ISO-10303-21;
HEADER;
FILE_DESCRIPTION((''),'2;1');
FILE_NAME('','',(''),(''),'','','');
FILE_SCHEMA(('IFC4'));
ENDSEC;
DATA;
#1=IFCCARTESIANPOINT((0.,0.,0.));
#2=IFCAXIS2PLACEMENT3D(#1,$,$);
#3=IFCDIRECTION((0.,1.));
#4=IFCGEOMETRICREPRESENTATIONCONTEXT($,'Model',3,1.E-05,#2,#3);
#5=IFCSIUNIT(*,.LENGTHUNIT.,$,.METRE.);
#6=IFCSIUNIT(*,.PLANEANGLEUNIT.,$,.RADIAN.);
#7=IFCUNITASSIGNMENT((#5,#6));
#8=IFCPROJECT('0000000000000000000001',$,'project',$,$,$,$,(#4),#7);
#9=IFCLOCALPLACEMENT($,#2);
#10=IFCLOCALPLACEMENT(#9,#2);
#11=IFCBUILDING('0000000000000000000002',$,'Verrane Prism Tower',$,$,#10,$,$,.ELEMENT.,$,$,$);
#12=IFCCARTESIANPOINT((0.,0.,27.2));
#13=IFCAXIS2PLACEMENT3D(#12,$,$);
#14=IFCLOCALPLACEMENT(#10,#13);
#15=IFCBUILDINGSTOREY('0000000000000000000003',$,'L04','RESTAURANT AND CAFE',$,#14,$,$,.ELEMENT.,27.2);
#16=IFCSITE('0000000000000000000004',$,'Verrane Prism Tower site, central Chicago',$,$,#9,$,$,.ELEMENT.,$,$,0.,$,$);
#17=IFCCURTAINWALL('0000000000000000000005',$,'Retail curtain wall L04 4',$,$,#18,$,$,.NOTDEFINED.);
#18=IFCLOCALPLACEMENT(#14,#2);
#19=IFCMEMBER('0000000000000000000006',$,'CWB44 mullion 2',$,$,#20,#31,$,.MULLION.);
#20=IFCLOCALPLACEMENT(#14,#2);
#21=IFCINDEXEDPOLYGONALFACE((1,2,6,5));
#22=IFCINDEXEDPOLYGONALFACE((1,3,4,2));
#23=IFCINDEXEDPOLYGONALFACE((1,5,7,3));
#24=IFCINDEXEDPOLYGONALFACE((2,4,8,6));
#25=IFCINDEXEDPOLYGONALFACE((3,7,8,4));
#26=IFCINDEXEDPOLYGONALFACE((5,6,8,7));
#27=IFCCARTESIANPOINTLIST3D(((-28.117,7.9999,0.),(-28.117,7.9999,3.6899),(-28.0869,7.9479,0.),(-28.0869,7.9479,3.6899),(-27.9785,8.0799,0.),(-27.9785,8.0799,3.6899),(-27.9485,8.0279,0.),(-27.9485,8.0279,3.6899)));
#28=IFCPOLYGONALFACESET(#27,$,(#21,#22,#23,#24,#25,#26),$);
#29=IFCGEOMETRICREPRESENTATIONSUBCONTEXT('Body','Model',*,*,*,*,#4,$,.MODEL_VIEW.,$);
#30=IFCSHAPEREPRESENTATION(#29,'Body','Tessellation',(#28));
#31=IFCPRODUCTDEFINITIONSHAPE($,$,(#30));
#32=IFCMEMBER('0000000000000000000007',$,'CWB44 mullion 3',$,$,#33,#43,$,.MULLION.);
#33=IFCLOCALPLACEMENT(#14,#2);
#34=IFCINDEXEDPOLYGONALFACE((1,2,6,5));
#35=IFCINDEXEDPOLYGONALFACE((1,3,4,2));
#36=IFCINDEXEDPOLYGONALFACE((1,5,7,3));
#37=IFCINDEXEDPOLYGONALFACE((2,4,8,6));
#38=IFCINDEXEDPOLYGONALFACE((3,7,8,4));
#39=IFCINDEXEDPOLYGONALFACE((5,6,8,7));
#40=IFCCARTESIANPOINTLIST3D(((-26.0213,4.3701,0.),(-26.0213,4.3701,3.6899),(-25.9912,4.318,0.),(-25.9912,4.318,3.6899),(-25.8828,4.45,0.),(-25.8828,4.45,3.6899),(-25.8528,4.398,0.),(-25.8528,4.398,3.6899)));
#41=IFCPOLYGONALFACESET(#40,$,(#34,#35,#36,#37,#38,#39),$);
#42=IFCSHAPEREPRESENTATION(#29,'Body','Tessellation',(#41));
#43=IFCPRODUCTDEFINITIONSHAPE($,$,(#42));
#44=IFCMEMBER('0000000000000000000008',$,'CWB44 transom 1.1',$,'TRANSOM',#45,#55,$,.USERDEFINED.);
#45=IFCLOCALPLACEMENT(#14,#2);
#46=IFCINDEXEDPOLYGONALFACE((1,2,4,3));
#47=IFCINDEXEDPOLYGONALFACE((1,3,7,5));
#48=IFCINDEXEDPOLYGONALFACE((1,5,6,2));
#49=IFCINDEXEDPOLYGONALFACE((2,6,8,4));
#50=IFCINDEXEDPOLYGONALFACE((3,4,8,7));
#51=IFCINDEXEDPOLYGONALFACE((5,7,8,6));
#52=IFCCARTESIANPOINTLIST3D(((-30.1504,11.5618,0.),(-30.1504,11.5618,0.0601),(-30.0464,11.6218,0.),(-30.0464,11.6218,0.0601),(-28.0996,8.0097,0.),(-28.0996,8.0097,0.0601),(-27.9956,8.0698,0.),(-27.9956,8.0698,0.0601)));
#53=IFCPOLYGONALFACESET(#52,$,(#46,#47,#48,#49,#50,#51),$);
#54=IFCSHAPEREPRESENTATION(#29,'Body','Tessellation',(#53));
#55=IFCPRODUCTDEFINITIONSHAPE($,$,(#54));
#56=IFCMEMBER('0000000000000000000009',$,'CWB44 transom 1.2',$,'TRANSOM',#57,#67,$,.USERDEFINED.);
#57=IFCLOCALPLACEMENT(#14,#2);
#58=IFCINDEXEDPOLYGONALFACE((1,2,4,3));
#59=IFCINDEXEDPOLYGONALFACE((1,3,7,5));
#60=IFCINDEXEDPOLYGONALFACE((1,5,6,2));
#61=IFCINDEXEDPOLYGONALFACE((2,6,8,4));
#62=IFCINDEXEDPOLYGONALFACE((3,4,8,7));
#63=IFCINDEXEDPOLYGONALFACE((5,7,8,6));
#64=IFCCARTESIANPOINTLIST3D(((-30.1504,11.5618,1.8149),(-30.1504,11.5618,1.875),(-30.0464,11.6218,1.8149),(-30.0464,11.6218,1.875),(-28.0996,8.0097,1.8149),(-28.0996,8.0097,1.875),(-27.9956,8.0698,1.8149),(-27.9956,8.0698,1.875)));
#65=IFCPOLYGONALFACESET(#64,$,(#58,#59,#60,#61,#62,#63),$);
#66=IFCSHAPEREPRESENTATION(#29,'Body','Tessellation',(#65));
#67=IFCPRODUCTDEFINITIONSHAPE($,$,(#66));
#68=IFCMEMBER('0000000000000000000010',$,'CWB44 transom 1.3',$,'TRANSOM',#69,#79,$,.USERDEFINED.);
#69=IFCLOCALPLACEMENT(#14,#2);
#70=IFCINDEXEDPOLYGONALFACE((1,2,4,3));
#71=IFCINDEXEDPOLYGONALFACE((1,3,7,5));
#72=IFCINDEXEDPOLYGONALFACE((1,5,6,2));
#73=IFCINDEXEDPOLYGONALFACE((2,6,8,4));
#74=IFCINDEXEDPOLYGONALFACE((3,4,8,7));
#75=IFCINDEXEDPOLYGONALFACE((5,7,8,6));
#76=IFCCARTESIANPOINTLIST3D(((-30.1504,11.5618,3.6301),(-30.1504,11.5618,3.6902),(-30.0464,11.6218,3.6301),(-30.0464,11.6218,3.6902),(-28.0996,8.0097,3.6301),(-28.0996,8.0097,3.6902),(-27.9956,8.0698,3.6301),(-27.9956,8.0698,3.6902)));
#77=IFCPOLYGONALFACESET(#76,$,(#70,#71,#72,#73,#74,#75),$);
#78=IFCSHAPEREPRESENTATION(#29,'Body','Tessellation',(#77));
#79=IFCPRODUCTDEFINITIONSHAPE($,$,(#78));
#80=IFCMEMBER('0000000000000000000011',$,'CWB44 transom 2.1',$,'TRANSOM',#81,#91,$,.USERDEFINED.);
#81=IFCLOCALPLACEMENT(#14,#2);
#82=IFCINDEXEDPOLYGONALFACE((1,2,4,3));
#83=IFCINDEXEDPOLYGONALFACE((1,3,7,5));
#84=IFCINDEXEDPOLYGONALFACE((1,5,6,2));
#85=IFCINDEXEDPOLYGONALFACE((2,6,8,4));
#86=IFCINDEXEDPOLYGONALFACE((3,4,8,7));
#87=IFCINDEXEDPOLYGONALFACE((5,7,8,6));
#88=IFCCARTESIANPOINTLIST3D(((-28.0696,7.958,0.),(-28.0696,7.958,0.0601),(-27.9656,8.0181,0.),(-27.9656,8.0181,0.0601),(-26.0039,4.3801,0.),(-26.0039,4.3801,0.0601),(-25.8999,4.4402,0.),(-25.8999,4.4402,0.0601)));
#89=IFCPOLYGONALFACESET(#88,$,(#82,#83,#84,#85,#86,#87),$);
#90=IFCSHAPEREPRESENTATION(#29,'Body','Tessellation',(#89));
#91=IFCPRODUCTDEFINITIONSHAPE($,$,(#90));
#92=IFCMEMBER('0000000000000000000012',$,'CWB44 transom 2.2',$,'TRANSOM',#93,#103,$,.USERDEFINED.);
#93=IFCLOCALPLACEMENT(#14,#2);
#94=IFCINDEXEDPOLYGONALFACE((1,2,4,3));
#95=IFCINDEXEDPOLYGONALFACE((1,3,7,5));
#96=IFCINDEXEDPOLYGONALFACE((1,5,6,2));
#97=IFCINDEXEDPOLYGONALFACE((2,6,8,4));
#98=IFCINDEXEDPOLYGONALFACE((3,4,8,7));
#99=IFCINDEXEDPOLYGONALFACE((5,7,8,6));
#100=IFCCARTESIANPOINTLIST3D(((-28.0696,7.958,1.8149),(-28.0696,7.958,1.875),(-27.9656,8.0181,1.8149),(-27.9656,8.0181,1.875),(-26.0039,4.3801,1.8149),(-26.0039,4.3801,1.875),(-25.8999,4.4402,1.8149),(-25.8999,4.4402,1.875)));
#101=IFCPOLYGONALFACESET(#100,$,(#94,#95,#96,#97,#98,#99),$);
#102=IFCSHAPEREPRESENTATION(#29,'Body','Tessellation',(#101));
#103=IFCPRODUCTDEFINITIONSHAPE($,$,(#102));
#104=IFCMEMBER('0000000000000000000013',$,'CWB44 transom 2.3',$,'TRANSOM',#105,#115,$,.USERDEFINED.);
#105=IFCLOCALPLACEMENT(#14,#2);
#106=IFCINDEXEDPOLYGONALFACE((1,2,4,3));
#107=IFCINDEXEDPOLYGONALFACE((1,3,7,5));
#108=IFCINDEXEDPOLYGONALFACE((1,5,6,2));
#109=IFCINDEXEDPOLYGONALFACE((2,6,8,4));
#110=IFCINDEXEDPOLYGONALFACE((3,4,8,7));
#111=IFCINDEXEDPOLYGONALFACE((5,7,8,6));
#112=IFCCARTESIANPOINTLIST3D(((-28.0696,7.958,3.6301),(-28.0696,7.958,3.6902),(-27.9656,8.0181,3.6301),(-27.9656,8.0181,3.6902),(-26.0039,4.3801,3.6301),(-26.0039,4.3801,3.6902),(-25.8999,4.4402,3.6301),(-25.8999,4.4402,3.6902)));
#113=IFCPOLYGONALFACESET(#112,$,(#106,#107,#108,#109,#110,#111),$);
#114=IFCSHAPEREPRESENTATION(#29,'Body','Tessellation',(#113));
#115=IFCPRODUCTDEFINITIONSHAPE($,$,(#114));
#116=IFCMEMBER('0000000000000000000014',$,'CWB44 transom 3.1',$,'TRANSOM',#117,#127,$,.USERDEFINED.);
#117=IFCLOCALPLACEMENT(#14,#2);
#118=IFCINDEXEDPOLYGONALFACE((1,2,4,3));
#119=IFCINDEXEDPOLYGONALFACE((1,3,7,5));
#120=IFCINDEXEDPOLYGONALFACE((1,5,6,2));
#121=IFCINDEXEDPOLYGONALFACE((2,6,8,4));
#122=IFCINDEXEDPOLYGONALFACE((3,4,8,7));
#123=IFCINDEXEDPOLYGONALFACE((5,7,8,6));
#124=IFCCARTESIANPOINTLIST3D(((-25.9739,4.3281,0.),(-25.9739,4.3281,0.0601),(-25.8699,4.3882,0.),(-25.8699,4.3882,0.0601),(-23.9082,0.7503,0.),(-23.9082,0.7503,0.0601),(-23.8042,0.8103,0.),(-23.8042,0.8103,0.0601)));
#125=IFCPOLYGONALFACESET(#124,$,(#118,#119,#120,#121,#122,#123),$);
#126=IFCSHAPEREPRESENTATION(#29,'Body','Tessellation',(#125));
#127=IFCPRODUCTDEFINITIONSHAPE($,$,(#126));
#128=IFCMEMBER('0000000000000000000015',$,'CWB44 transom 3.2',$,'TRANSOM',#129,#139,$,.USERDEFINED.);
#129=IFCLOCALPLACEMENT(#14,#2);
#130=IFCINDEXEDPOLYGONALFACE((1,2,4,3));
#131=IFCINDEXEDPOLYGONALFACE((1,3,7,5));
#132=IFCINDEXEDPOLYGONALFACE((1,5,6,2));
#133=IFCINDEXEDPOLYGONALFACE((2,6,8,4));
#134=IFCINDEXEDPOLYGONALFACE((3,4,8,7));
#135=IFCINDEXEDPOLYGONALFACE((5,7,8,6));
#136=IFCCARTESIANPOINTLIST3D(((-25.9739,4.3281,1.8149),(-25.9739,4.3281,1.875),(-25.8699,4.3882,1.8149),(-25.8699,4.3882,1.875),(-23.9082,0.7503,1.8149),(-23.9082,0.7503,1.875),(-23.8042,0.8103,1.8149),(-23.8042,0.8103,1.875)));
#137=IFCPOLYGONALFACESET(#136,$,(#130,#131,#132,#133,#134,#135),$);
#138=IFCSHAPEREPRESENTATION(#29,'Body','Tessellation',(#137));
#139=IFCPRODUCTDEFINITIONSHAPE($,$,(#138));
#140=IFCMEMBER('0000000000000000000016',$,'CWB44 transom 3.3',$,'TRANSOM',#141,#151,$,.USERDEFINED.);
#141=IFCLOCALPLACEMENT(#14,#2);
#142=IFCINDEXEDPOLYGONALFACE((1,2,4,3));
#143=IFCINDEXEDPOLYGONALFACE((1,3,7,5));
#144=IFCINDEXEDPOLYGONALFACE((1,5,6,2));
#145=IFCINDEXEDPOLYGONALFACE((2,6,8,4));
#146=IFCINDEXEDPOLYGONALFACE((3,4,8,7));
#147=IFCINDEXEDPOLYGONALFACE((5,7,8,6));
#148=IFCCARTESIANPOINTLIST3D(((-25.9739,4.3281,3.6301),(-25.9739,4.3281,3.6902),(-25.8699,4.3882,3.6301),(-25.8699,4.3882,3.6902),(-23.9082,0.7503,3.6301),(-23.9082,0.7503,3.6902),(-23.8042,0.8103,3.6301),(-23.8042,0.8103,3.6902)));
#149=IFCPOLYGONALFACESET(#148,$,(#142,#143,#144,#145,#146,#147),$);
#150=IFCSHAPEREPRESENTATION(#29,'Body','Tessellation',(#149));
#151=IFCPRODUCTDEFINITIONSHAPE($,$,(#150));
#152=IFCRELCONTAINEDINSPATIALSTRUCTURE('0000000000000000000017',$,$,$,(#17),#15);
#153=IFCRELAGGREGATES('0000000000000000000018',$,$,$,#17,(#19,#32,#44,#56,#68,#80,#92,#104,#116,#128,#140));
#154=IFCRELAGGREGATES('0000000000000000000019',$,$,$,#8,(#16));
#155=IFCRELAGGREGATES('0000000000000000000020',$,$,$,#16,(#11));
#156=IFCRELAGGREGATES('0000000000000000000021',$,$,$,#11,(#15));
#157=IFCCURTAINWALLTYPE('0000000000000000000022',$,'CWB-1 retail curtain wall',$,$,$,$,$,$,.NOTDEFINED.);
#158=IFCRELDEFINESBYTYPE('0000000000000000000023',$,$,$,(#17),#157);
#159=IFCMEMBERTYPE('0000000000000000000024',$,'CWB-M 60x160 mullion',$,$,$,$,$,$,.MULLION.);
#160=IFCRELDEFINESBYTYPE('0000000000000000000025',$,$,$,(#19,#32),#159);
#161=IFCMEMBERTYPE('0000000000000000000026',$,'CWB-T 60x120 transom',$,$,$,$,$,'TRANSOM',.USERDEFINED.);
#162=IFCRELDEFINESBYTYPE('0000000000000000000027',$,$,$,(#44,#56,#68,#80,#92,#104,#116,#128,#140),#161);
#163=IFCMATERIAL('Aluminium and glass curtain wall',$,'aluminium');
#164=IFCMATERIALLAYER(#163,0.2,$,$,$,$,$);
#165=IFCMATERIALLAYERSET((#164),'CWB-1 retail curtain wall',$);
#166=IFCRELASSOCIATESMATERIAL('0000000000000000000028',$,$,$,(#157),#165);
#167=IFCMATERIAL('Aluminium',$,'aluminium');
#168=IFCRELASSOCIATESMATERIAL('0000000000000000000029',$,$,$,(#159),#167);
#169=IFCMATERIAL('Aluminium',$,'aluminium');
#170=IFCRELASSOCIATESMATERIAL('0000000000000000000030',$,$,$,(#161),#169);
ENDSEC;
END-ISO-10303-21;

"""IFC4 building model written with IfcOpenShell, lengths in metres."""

from ifc_helpers import new_model, si_unit, direction, frame, origin, origin_2d, place, context, subcontext, project, spatial, rectangle, extrude, material, layer, layer_set, material_profile, profile_set, type_object, element, aggregate, save


model = new_model("IFC4")

# Units and contexts
model_context = context("Model", 3, precision=1e-05, world=origin(), true_north=direction((0.0, 1.0)))
body_context = subcontext(model_context, "Body", "Model", "MODEL_VIEW")
ifc_project = project(units=[si_unit("LENGTHUNIT", "METRE"), si_unit("PLANEANGLEUNIT", "RADIAN")], contexts=[model_context])

# Site, building, storey
site_placement = place(None, origin())
site = spatial("IfcSite", under=ifc_project, at=site_placement, Name="Verrane Prism Tower site, central Chicago", CompositionType="ELEMENT", RefElevation=0.0)
building_placement = place(site_placement, origin())
building = spatial("IfcBuilding", under=site, at=building_placement, Name="Verrane Prism Tower", CompositionType="ELEMENT")
storey_placement = place(building_placement, frame((0.0, 0.0, 27.2)))
storey = spatial("IfcBuildingStorey", under=building, at=storey_placement, Name="L04", Description="RESTAURANT AND CAFE", CompositionType="ELEMENT", Elevation=27.2)

# Shared definitions
ifc_material_1 = material(Name="Aluminium and glass curtain wall", Category="aluminium")
ifc_layer_1 = layer(ifc_material_1, 0.2)
ifc_layer_set_1 = layer_set([ifc_layer_1], Name="CWB-1 retail curtain wall")
curtain_wall_type = type_object("IfcCurtainWallType", Name="CWB-1 retail curtain wall", PredefinedType="NOTDEFINED", material=ifc_layer_set_1)
ifc_material_2 = material(Name="Aluminium", Category="aluminium")
ifc_material_profile_1 = material_profile(ifc_material_2, rectangle(XDim=0.1599, YDim=0.0601, at=origin_2d()), Name="CWB-M 60x160 mullion")
ifc_profile_set_1 = profile_set([ifc_material_profile_1], Name="Aluminium")
member_type_1 = type_object("IfcMemberType", Name="CWB-M 60x160 mullion", PredefinedType="MULLION", material=ifc_profile_set_1)

# Curtain wall, members
curtain_wall_1_placement = place(storey_placement, origin())
curtain_wall_1 = element("IfcCurtainWall", 1, at=curtain_wall_1_placement, inside=storey, type_object=curtain_wall_type, Name="Retail curtain wall L04 4", PredefinedType="NOTDEFINED")
member_1_placement = place(storey_placement, frame((-28.0327, 8.0139, 0.0), z_axis=(0.0, 0.0, 1.0), x_axis=(0.866025, 0.5, 0.0)))
member_1 = element("IfcMember", 2, at=member_1_placement, type_object=member_type_1, Name="CWB44 mullion 2", PredefinedType="MULLION", context=body_context, shape_type="SweptSolid", body=[
    extrude(rectangle(XDim=0.1599, YDim=0.0601, at=origin_2d()), origin(), (0.0, 0.0, 1.0), 3.6899),
])
member_2_placement = place(storey_placement, frame((-25.937, 4.384, 0.0), z_axis=(0.0, 0.0, 1.0), x_axis=(0.866025, 0.5, 0.0)))
member_2 = element("IfcMember", 3, at=member_2_placement, type_object=member_type_1, Name="CWB44 mullion 3", PredefinedType="MULLION", context=body_context, shape_type="SweptSolid", body=[
    extrude(rectangle(XDim=0.1599, YDim=0.0601, at=origin_2d()), origin(), (0.0, 0.0, 1.0), 3.6899),
])
ifc_material_3 = material(Name="Aluminium", Category="aluminium")
ifc_material_profile_2 = material_profile(ifc_material_3, rectangle(XDim=0.1201, YDim=0.0601, at=origin_2d()), Name="CWB-T 60x120 transom")
ifc_profile_set_2 = profile_set([ifc_material_profile_2], Name="Aluminium")
member_type_2 = type_object("IfcMemberType", Name="CWB-T 60x120 transom", ElementType="TRANSOM", PredefinedType="USERDEFINED", material=ifc_profile_set_2)
member_3_placement = place(storey_placement, frame((-30.0984, 11.5918, 0.03), z_axis=(0.500006, -0.866022, 0.0), x_axis=(0.866022, 0.500006, 0.0)))
member_3 = element("IfcMember", 4, at=member_3_placement, type_object=member_type_2, Name="CWB44 transom 1.1", ObjectType="TRANSOM", PredefinedType="USERDEFINED", context=body_context, shape_type="SweptSolid", body=[
    extrude(rectangle(XDim=0.1201, YDim=0.0601, at=origin_2d()), origin(), (0.0, 0.0, 1.0), 4.1016),
])
member_4_placement = place(storey_placement, frame((-30.0984, 11.5918, 1.845), z_axis=(0.500006, -0.866022, 0.0), x_axis=(0.866022, 0.500006, 0.0)))
member_4 = element("IfcMember", 5, at=member_4_placement, type_object=member_type_2, Name="CWB44 transom 1.2", ObjectType="TRANSOM", PredefinedType="USERDEFINED", context=body_context, shape_type="SweptSolid", body=[
    extrude(rectangle(XDim=0.1201, YDim=0.0601, at=origin_2d()), origin(), (0.0, 0.0, 1.0), 4.1016),
])
member_5_placement = place(storey_placement, frame((-30.0984, 11.5918, 3.6602), z_axis=(0.500006, -0.866022, 0.0), x_axis=(0.866022, 0.500006, 0.0)))
member_5 = element("IfcMember", 6, at=member_5_placement, type_object=member_type_2, Name="CWB44 transom 1.3", ObjectType="TRANSOM", PredefinedType="USERDEFINED", context=body_context, shape_type="SweptSolid", body=[
    extrude(rectangle(XDim=0.1201, YDim=0.0601, at=origin_2d()), origin(), (0.0, 0.0, 1.0), 4.1016),
])
member_6_placement = place(storey_placement, frame((-28.0176, 7.988, 0.03), z_axis=(0.499997, -0.866027, 0.0), x_axis=(0.866027, 0.499997, 0.0)))
member_6 = element("IfcMember", 7, at=member_6_placement, type_object=member_type_2, Name="CWB44 transom 2.1", ObjectType="TRANSOM", PredefinedType="USERDEFINED", context=body_context, shape_type="SweptSolid", body=[
    extrude(rectangle(XDim=0.1201, YDim=0.0601, at=origin_2d()), origin(), (0.0, 0.0, 1.0), 4.1313),
])
member_7_placement = place(storey_placement, frame((-28.0176, 7.988, 1.845), z_axis=(0.499997, -0.866027, 0.0), x_axis=(0.866027, 0.499997, 0.0)))
member_7 = element("IfcMember", 8, at=member_7_placement, type_object=member_type_2, Name="CWB44 transom 2.2", ObjectType="TRANSOM", PredefinedType="USERDEFINED", context=body_context, shape_type="SweptSolid", body=[
    extrude(rectangle(XDim=0.1201, YDim=0.0601, at=origin_2d()), origin(), (0.0, 0.0, 1.0), 4.1313),
])
member_8_placement = place(storey_placement, frame((-28.0176, 7.988, 3.6602), z_axis=(0.499997, -0.866027, 0.0), x_axis=(0.866027, 0.499997, 0.0)))
member_8 = element("IfcMember", 9, at=member_8_placement, type_object=member_type_2, Name="CWB44 transom 2.3", ObjectType="TRANSOM", PredefinedType="USERDEFINED", context=body_context, shape_type="SweptSolid", body=[
    extrude(rectangle(XDim=0.1201, YDim=0.0601, at=origin_2d()), origin(), (0.0, 0.0, 1.0), 4.1313),
])
member_9_placement = place(storey_placement, frame((-25.9219, 4.3582, 0.03), z_axis=(0.499997, -0.866027, 0.0), x_axis=(0.866027, 0.499997, 0.0)))
member_9 = element("IfcMember", 10, at=member_9_placement, type_object=member_type_2, Name="CWB44 transom 3.1", ObjectType="TRANSOM", PredefinedType="USERDEFINED", context=body_context, shape_type="SweptSolid", body=[
    extrude(rectangle(XDim=0.1201, YDim=0.0601, at=origin_2d()), origin(), (0.0, 0.0, 1.0), 4.1313),
])
member_10_placement = place(storey_placement, frame((-25.9219, 4.3582, 1.845), z_axis=(0.499997, -0.866027, 0.0), x_axis=(0.866027, 0.499997, 0.0)))
member_10 = element("IfcMember", 11, at=member_10_placement, type_object=member_type_2, Name="CWB44 transom 3.2", ObjectType="TRANSOM", PredefinedType="USERDEFINED", context=body_context, shape_type="SweptSolid", body=[
    extrude(rectangle(XDim=0.1201, YDim=0.0601, at=origin_2d()), origin(), (0.0, 0.0, 1.0), 4.1313),
])
member_11_placement = place(storey_placement, frame((-25.9219, 4.3582, 3.6602), z_axis=(0.499997, -0.866027, 0.0), x_axis=(0.866027, 0.499997, 0.0)))
member_11 = element("IfcMember", 12, at=member_11_placement, type_object=member_type_2, Name="CWB44 transom 3.3", ObjectType="TRANSOM", PredefinedType="USERDEFINED", context=body_context, shape_type="SweptSolid", body=[
    extrude(rectangle(XDim=0.1201, YDim=0.0601, at=origin_2d()), origin(), (0.0, 0.0, 1.0), 4.1313),
])

aggregate(curtain_wall_1, [member_1, member_2, member_3, member_4, member_5, member_6, member_7, member_8, member_9, member_10, member_11])

save(model, "model.ifc")
